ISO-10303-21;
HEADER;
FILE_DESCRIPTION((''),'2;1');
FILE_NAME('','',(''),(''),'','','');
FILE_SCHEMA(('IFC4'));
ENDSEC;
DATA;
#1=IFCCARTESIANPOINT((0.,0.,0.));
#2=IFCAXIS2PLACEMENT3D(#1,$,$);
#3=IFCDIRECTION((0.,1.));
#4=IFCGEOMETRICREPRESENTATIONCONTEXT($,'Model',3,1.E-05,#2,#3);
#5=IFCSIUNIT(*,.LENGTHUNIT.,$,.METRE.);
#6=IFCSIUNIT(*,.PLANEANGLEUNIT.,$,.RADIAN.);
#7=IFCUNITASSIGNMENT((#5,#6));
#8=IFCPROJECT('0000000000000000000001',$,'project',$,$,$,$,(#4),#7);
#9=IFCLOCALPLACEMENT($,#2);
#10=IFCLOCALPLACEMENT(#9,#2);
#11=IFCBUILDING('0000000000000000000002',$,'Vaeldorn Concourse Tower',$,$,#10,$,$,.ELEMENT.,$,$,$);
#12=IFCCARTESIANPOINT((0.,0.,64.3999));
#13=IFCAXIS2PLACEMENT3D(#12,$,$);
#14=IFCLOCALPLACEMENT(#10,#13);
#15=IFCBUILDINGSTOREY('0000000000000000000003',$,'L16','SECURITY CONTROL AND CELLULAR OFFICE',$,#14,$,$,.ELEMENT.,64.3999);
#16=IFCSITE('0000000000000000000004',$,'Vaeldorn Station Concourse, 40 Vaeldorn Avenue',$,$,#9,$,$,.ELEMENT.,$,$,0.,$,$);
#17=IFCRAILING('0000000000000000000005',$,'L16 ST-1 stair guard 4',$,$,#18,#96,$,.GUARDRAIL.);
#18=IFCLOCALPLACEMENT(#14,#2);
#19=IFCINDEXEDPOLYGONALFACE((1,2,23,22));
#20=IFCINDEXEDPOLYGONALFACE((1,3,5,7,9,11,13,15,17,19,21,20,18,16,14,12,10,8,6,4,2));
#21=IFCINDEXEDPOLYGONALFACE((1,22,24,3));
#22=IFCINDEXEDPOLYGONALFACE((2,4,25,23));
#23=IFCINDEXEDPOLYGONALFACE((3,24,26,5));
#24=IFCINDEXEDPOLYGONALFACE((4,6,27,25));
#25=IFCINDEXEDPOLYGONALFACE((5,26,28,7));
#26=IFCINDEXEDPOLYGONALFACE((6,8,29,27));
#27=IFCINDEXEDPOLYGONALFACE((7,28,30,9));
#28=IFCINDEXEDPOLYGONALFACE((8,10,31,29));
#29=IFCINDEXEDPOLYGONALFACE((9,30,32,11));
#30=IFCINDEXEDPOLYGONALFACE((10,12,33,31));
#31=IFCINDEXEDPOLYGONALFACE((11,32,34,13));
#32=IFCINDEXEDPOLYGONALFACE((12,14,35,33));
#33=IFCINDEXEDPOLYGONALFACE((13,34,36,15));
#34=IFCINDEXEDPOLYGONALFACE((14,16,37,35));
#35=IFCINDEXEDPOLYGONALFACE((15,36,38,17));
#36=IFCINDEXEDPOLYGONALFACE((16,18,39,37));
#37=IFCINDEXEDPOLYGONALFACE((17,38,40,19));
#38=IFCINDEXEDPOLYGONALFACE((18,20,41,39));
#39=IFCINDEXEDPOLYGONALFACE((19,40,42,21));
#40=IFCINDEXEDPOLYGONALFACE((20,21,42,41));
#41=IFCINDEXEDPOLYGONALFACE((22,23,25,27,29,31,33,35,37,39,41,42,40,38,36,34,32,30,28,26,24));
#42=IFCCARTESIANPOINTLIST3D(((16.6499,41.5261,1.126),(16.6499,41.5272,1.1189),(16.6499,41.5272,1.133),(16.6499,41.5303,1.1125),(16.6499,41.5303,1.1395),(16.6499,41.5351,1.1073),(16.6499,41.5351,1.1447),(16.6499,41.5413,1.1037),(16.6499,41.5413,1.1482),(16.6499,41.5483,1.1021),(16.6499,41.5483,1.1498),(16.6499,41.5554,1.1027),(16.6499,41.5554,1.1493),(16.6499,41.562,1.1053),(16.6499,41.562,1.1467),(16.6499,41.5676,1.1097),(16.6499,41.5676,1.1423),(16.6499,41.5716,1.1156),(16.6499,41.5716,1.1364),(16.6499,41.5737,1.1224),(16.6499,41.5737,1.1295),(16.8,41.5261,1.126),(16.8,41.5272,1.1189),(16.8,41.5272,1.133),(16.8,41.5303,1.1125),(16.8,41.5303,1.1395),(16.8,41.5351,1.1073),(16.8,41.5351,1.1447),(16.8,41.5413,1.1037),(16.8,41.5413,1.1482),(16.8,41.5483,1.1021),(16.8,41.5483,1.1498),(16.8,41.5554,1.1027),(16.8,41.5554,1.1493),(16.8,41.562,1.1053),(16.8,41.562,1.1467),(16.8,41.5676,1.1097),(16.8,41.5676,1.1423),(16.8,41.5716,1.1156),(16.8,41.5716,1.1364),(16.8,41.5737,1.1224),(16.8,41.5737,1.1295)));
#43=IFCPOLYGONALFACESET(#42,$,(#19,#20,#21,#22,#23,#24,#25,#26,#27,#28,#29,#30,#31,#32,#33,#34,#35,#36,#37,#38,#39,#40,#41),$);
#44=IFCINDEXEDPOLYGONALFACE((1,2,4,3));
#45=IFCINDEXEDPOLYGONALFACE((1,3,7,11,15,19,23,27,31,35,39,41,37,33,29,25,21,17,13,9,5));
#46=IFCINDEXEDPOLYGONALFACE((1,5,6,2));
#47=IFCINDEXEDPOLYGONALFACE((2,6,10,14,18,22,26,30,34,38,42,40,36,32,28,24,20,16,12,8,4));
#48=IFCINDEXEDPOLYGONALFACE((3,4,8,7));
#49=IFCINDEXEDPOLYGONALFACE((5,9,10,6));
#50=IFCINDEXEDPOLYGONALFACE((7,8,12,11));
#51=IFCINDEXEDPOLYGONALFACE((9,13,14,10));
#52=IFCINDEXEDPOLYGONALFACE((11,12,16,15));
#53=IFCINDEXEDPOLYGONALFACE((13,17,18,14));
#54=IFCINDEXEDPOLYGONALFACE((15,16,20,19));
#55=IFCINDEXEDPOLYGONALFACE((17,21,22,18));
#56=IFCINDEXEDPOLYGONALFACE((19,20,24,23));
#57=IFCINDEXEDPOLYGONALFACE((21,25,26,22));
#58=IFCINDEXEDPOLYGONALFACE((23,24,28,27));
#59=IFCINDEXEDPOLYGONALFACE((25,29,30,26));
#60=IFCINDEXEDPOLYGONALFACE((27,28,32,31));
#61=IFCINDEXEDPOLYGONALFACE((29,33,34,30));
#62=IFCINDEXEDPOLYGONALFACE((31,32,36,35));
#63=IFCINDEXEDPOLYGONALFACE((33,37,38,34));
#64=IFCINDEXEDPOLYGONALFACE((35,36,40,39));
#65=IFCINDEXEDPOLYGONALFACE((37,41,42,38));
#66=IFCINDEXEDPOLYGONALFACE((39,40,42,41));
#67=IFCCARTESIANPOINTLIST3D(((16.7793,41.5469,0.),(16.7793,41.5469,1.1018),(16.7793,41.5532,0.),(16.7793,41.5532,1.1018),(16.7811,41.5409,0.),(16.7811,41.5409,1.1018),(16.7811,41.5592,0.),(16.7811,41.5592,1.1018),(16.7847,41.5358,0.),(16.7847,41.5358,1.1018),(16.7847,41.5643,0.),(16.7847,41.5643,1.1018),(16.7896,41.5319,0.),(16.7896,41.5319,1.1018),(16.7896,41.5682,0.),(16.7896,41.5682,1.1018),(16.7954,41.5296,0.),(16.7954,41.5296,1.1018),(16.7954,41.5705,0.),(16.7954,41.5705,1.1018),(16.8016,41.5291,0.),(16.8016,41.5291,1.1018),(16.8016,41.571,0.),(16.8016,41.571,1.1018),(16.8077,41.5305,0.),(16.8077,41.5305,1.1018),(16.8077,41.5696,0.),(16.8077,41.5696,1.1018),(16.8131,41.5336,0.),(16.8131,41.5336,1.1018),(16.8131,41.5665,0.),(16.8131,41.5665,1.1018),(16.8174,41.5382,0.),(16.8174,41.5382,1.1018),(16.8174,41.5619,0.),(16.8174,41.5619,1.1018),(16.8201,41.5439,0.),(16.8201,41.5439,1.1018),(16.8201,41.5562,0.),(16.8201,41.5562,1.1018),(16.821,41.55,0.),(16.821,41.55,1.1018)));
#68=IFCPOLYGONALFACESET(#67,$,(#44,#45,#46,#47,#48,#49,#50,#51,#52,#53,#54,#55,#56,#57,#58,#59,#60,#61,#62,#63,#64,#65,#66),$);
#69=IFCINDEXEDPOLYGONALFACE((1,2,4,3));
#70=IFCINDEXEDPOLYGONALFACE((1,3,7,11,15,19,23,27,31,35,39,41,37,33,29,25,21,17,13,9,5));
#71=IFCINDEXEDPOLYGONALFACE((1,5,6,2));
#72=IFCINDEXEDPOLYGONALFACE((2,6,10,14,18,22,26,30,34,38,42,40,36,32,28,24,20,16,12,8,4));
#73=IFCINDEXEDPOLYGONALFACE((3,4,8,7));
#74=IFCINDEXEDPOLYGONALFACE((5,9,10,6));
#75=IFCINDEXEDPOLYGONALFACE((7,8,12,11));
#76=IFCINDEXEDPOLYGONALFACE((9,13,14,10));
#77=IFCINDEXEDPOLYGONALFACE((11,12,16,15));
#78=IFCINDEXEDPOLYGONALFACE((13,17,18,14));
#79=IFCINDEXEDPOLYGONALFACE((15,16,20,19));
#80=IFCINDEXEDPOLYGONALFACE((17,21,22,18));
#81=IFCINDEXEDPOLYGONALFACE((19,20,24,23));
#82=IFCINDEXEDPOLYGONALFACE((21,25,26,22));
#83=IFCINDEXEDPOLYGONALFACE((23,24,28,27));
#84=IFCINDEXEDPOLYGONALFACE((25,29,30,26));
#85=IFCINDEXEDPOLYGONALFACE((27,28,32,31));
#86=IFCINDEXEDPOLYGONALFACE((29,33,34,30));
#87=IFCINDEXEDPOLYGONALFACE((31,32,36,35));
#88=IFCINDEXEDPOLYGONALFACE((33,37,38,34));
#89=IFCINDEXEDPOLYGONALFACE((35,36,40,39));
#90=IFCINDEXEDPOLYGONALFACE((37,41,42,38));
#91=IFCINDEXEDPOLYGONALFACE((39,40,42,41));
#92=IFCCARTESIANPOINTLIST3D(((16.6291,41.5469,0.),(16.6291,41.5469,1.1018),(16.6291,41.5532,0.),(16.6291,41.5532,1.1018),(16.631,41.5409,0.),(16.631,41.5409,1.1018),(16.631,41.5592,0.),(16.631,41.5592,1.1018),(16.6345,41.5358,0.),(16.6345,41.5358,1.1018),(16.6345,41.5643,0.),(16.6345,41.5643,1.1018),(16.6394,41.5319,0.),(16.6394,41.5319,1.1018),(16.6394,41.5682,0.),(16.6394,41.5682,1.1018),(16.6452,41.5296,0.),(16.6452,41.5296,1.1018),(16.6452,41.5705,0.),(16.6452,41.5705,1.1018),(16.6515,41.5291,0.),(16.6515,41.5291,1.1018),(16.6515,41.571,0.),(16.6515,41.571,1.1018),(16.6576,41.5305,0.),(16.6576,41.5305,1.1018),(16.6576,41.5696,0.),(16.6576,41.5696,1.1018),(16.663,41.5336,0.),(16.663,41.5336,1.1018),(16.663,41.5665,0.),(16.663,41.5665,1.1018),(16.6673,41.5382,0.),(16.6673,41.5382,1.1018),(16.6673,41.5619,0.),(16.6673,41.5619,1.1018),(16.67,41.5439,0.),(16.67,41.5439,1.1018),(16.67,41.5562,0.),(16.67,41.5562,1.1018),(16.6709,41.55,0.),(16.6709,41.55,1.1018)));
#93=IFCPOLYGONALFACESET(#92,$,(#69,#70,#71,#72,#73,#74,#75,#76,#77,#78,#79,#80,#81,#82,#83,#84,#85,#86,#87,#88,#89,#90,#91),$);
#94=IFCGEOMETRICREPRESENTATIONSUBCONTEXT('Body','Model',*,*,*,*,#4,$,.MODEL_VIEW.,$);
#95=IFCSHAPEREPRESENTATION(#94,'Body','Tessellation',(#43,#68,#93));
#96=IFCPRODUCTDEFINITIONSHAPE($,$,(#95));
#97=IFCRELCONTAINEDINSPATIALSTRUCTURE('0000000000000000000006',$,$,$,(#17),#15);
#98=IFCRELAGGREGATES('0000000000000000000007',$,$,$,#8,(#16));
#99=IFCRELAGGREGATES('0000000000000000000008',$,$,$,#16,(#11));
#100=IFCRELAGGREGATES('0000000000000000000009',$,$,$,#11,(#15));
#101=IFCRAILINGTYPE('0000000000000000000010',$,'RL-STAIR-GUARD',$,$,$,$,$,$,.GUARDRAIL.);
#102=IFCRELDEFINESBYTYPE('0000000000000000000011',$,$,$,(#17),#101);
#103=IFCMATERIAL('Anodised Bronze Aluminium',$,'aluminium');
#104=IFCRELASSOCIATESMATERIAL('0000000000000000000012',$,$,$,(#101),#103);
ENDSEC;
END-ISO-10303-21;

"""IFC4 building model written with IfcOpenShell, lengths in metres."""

from ifc_helpers import new_model, si_unit, direction, frame, origin, origin_2d, place, context, subcontext, project, spatial, circle, extrude, material, type_object, element, save


model = new_model("IFC4")

# Units and contexts
model_context = context("Model", 3, precision=1e-05, world=origin(), true_north=direction((0.0, 1.0)))
body_context = subcontext(model_context, "Body", "Model", "MODEL_VIEW")
ifc_project = project(units=[si_unit("LENGTHUNIT", "METRE"), si_unit("PLANEANGLEUNIT", "RADIAN")], contexts=[model_context])

# Site, building, storey
site_placement = place(None, origin())
site = spatial("IfcSite", under=ifc_project, at=site_placement, Name="Vaeldorn Station Concourse, 40 Vaeldorn Avenue", CompositionType="ELEMENT", RefElevation=0.0)
building_placement = place(site_placement, origin())
building = spatial("IfcBuilding", under=site, at=building_placement, Name="Vaeldorn Concourse Tower", CompositionType="ELEMENT")
storey_placement = place(building_placement, frame((0.0, 0.0, 64.3999)))
storey = spatial("IfcBuildingStorey", under=building, at=storey_placement, Name="L16", Description="SECURITY CONTROL AND CELLULAR OFFICE", CompositionType="ELEMENT", Elevation=64.3999)

# Shared definitions
ifc_material_1 = material(Name="Anodised Bronze Aluminium", Category="aluminium")

# Railing
railing_type_1 = type_object("IfcRailingType", Name="RL-STAIR-GUARD", PredefinedType="GUARDRAIL", material=ifc_material_1)
railing_1_placement = place(storey_placement, frame((16.8, 41.55, 0.0)))
element("IfcRailing", 1, at=railing_1_placement, inside=storey, type_object=railing_type_1, Name="L16 ST-1 stair guard 4", PredefinedType="GUARDRAIL", context=body_context, shape_type="SweptSolid", body=[
    extrude(circle(Radius=0.0239, at=origin_2d()), frame((0.0, 0.0, 1.126), z_axis=(-1.0, 0.0, 0.0), x_axis=(0.0, -1.0, 0.0)), (0.0, 0.0, 1.0), 0.1501),
    extrude(circle(Radius=0.021, at=origin_2d()), origin(), (0.0, 0.0, 1.0), 1.1018),
    extrude(circle(Radius=0.021, at=origin_2d()), frame((-0.1501, 0.0, 0.0)), (0.0, 0.0, 1.0), 1.1018),
])

save(model, "model.ifc")
